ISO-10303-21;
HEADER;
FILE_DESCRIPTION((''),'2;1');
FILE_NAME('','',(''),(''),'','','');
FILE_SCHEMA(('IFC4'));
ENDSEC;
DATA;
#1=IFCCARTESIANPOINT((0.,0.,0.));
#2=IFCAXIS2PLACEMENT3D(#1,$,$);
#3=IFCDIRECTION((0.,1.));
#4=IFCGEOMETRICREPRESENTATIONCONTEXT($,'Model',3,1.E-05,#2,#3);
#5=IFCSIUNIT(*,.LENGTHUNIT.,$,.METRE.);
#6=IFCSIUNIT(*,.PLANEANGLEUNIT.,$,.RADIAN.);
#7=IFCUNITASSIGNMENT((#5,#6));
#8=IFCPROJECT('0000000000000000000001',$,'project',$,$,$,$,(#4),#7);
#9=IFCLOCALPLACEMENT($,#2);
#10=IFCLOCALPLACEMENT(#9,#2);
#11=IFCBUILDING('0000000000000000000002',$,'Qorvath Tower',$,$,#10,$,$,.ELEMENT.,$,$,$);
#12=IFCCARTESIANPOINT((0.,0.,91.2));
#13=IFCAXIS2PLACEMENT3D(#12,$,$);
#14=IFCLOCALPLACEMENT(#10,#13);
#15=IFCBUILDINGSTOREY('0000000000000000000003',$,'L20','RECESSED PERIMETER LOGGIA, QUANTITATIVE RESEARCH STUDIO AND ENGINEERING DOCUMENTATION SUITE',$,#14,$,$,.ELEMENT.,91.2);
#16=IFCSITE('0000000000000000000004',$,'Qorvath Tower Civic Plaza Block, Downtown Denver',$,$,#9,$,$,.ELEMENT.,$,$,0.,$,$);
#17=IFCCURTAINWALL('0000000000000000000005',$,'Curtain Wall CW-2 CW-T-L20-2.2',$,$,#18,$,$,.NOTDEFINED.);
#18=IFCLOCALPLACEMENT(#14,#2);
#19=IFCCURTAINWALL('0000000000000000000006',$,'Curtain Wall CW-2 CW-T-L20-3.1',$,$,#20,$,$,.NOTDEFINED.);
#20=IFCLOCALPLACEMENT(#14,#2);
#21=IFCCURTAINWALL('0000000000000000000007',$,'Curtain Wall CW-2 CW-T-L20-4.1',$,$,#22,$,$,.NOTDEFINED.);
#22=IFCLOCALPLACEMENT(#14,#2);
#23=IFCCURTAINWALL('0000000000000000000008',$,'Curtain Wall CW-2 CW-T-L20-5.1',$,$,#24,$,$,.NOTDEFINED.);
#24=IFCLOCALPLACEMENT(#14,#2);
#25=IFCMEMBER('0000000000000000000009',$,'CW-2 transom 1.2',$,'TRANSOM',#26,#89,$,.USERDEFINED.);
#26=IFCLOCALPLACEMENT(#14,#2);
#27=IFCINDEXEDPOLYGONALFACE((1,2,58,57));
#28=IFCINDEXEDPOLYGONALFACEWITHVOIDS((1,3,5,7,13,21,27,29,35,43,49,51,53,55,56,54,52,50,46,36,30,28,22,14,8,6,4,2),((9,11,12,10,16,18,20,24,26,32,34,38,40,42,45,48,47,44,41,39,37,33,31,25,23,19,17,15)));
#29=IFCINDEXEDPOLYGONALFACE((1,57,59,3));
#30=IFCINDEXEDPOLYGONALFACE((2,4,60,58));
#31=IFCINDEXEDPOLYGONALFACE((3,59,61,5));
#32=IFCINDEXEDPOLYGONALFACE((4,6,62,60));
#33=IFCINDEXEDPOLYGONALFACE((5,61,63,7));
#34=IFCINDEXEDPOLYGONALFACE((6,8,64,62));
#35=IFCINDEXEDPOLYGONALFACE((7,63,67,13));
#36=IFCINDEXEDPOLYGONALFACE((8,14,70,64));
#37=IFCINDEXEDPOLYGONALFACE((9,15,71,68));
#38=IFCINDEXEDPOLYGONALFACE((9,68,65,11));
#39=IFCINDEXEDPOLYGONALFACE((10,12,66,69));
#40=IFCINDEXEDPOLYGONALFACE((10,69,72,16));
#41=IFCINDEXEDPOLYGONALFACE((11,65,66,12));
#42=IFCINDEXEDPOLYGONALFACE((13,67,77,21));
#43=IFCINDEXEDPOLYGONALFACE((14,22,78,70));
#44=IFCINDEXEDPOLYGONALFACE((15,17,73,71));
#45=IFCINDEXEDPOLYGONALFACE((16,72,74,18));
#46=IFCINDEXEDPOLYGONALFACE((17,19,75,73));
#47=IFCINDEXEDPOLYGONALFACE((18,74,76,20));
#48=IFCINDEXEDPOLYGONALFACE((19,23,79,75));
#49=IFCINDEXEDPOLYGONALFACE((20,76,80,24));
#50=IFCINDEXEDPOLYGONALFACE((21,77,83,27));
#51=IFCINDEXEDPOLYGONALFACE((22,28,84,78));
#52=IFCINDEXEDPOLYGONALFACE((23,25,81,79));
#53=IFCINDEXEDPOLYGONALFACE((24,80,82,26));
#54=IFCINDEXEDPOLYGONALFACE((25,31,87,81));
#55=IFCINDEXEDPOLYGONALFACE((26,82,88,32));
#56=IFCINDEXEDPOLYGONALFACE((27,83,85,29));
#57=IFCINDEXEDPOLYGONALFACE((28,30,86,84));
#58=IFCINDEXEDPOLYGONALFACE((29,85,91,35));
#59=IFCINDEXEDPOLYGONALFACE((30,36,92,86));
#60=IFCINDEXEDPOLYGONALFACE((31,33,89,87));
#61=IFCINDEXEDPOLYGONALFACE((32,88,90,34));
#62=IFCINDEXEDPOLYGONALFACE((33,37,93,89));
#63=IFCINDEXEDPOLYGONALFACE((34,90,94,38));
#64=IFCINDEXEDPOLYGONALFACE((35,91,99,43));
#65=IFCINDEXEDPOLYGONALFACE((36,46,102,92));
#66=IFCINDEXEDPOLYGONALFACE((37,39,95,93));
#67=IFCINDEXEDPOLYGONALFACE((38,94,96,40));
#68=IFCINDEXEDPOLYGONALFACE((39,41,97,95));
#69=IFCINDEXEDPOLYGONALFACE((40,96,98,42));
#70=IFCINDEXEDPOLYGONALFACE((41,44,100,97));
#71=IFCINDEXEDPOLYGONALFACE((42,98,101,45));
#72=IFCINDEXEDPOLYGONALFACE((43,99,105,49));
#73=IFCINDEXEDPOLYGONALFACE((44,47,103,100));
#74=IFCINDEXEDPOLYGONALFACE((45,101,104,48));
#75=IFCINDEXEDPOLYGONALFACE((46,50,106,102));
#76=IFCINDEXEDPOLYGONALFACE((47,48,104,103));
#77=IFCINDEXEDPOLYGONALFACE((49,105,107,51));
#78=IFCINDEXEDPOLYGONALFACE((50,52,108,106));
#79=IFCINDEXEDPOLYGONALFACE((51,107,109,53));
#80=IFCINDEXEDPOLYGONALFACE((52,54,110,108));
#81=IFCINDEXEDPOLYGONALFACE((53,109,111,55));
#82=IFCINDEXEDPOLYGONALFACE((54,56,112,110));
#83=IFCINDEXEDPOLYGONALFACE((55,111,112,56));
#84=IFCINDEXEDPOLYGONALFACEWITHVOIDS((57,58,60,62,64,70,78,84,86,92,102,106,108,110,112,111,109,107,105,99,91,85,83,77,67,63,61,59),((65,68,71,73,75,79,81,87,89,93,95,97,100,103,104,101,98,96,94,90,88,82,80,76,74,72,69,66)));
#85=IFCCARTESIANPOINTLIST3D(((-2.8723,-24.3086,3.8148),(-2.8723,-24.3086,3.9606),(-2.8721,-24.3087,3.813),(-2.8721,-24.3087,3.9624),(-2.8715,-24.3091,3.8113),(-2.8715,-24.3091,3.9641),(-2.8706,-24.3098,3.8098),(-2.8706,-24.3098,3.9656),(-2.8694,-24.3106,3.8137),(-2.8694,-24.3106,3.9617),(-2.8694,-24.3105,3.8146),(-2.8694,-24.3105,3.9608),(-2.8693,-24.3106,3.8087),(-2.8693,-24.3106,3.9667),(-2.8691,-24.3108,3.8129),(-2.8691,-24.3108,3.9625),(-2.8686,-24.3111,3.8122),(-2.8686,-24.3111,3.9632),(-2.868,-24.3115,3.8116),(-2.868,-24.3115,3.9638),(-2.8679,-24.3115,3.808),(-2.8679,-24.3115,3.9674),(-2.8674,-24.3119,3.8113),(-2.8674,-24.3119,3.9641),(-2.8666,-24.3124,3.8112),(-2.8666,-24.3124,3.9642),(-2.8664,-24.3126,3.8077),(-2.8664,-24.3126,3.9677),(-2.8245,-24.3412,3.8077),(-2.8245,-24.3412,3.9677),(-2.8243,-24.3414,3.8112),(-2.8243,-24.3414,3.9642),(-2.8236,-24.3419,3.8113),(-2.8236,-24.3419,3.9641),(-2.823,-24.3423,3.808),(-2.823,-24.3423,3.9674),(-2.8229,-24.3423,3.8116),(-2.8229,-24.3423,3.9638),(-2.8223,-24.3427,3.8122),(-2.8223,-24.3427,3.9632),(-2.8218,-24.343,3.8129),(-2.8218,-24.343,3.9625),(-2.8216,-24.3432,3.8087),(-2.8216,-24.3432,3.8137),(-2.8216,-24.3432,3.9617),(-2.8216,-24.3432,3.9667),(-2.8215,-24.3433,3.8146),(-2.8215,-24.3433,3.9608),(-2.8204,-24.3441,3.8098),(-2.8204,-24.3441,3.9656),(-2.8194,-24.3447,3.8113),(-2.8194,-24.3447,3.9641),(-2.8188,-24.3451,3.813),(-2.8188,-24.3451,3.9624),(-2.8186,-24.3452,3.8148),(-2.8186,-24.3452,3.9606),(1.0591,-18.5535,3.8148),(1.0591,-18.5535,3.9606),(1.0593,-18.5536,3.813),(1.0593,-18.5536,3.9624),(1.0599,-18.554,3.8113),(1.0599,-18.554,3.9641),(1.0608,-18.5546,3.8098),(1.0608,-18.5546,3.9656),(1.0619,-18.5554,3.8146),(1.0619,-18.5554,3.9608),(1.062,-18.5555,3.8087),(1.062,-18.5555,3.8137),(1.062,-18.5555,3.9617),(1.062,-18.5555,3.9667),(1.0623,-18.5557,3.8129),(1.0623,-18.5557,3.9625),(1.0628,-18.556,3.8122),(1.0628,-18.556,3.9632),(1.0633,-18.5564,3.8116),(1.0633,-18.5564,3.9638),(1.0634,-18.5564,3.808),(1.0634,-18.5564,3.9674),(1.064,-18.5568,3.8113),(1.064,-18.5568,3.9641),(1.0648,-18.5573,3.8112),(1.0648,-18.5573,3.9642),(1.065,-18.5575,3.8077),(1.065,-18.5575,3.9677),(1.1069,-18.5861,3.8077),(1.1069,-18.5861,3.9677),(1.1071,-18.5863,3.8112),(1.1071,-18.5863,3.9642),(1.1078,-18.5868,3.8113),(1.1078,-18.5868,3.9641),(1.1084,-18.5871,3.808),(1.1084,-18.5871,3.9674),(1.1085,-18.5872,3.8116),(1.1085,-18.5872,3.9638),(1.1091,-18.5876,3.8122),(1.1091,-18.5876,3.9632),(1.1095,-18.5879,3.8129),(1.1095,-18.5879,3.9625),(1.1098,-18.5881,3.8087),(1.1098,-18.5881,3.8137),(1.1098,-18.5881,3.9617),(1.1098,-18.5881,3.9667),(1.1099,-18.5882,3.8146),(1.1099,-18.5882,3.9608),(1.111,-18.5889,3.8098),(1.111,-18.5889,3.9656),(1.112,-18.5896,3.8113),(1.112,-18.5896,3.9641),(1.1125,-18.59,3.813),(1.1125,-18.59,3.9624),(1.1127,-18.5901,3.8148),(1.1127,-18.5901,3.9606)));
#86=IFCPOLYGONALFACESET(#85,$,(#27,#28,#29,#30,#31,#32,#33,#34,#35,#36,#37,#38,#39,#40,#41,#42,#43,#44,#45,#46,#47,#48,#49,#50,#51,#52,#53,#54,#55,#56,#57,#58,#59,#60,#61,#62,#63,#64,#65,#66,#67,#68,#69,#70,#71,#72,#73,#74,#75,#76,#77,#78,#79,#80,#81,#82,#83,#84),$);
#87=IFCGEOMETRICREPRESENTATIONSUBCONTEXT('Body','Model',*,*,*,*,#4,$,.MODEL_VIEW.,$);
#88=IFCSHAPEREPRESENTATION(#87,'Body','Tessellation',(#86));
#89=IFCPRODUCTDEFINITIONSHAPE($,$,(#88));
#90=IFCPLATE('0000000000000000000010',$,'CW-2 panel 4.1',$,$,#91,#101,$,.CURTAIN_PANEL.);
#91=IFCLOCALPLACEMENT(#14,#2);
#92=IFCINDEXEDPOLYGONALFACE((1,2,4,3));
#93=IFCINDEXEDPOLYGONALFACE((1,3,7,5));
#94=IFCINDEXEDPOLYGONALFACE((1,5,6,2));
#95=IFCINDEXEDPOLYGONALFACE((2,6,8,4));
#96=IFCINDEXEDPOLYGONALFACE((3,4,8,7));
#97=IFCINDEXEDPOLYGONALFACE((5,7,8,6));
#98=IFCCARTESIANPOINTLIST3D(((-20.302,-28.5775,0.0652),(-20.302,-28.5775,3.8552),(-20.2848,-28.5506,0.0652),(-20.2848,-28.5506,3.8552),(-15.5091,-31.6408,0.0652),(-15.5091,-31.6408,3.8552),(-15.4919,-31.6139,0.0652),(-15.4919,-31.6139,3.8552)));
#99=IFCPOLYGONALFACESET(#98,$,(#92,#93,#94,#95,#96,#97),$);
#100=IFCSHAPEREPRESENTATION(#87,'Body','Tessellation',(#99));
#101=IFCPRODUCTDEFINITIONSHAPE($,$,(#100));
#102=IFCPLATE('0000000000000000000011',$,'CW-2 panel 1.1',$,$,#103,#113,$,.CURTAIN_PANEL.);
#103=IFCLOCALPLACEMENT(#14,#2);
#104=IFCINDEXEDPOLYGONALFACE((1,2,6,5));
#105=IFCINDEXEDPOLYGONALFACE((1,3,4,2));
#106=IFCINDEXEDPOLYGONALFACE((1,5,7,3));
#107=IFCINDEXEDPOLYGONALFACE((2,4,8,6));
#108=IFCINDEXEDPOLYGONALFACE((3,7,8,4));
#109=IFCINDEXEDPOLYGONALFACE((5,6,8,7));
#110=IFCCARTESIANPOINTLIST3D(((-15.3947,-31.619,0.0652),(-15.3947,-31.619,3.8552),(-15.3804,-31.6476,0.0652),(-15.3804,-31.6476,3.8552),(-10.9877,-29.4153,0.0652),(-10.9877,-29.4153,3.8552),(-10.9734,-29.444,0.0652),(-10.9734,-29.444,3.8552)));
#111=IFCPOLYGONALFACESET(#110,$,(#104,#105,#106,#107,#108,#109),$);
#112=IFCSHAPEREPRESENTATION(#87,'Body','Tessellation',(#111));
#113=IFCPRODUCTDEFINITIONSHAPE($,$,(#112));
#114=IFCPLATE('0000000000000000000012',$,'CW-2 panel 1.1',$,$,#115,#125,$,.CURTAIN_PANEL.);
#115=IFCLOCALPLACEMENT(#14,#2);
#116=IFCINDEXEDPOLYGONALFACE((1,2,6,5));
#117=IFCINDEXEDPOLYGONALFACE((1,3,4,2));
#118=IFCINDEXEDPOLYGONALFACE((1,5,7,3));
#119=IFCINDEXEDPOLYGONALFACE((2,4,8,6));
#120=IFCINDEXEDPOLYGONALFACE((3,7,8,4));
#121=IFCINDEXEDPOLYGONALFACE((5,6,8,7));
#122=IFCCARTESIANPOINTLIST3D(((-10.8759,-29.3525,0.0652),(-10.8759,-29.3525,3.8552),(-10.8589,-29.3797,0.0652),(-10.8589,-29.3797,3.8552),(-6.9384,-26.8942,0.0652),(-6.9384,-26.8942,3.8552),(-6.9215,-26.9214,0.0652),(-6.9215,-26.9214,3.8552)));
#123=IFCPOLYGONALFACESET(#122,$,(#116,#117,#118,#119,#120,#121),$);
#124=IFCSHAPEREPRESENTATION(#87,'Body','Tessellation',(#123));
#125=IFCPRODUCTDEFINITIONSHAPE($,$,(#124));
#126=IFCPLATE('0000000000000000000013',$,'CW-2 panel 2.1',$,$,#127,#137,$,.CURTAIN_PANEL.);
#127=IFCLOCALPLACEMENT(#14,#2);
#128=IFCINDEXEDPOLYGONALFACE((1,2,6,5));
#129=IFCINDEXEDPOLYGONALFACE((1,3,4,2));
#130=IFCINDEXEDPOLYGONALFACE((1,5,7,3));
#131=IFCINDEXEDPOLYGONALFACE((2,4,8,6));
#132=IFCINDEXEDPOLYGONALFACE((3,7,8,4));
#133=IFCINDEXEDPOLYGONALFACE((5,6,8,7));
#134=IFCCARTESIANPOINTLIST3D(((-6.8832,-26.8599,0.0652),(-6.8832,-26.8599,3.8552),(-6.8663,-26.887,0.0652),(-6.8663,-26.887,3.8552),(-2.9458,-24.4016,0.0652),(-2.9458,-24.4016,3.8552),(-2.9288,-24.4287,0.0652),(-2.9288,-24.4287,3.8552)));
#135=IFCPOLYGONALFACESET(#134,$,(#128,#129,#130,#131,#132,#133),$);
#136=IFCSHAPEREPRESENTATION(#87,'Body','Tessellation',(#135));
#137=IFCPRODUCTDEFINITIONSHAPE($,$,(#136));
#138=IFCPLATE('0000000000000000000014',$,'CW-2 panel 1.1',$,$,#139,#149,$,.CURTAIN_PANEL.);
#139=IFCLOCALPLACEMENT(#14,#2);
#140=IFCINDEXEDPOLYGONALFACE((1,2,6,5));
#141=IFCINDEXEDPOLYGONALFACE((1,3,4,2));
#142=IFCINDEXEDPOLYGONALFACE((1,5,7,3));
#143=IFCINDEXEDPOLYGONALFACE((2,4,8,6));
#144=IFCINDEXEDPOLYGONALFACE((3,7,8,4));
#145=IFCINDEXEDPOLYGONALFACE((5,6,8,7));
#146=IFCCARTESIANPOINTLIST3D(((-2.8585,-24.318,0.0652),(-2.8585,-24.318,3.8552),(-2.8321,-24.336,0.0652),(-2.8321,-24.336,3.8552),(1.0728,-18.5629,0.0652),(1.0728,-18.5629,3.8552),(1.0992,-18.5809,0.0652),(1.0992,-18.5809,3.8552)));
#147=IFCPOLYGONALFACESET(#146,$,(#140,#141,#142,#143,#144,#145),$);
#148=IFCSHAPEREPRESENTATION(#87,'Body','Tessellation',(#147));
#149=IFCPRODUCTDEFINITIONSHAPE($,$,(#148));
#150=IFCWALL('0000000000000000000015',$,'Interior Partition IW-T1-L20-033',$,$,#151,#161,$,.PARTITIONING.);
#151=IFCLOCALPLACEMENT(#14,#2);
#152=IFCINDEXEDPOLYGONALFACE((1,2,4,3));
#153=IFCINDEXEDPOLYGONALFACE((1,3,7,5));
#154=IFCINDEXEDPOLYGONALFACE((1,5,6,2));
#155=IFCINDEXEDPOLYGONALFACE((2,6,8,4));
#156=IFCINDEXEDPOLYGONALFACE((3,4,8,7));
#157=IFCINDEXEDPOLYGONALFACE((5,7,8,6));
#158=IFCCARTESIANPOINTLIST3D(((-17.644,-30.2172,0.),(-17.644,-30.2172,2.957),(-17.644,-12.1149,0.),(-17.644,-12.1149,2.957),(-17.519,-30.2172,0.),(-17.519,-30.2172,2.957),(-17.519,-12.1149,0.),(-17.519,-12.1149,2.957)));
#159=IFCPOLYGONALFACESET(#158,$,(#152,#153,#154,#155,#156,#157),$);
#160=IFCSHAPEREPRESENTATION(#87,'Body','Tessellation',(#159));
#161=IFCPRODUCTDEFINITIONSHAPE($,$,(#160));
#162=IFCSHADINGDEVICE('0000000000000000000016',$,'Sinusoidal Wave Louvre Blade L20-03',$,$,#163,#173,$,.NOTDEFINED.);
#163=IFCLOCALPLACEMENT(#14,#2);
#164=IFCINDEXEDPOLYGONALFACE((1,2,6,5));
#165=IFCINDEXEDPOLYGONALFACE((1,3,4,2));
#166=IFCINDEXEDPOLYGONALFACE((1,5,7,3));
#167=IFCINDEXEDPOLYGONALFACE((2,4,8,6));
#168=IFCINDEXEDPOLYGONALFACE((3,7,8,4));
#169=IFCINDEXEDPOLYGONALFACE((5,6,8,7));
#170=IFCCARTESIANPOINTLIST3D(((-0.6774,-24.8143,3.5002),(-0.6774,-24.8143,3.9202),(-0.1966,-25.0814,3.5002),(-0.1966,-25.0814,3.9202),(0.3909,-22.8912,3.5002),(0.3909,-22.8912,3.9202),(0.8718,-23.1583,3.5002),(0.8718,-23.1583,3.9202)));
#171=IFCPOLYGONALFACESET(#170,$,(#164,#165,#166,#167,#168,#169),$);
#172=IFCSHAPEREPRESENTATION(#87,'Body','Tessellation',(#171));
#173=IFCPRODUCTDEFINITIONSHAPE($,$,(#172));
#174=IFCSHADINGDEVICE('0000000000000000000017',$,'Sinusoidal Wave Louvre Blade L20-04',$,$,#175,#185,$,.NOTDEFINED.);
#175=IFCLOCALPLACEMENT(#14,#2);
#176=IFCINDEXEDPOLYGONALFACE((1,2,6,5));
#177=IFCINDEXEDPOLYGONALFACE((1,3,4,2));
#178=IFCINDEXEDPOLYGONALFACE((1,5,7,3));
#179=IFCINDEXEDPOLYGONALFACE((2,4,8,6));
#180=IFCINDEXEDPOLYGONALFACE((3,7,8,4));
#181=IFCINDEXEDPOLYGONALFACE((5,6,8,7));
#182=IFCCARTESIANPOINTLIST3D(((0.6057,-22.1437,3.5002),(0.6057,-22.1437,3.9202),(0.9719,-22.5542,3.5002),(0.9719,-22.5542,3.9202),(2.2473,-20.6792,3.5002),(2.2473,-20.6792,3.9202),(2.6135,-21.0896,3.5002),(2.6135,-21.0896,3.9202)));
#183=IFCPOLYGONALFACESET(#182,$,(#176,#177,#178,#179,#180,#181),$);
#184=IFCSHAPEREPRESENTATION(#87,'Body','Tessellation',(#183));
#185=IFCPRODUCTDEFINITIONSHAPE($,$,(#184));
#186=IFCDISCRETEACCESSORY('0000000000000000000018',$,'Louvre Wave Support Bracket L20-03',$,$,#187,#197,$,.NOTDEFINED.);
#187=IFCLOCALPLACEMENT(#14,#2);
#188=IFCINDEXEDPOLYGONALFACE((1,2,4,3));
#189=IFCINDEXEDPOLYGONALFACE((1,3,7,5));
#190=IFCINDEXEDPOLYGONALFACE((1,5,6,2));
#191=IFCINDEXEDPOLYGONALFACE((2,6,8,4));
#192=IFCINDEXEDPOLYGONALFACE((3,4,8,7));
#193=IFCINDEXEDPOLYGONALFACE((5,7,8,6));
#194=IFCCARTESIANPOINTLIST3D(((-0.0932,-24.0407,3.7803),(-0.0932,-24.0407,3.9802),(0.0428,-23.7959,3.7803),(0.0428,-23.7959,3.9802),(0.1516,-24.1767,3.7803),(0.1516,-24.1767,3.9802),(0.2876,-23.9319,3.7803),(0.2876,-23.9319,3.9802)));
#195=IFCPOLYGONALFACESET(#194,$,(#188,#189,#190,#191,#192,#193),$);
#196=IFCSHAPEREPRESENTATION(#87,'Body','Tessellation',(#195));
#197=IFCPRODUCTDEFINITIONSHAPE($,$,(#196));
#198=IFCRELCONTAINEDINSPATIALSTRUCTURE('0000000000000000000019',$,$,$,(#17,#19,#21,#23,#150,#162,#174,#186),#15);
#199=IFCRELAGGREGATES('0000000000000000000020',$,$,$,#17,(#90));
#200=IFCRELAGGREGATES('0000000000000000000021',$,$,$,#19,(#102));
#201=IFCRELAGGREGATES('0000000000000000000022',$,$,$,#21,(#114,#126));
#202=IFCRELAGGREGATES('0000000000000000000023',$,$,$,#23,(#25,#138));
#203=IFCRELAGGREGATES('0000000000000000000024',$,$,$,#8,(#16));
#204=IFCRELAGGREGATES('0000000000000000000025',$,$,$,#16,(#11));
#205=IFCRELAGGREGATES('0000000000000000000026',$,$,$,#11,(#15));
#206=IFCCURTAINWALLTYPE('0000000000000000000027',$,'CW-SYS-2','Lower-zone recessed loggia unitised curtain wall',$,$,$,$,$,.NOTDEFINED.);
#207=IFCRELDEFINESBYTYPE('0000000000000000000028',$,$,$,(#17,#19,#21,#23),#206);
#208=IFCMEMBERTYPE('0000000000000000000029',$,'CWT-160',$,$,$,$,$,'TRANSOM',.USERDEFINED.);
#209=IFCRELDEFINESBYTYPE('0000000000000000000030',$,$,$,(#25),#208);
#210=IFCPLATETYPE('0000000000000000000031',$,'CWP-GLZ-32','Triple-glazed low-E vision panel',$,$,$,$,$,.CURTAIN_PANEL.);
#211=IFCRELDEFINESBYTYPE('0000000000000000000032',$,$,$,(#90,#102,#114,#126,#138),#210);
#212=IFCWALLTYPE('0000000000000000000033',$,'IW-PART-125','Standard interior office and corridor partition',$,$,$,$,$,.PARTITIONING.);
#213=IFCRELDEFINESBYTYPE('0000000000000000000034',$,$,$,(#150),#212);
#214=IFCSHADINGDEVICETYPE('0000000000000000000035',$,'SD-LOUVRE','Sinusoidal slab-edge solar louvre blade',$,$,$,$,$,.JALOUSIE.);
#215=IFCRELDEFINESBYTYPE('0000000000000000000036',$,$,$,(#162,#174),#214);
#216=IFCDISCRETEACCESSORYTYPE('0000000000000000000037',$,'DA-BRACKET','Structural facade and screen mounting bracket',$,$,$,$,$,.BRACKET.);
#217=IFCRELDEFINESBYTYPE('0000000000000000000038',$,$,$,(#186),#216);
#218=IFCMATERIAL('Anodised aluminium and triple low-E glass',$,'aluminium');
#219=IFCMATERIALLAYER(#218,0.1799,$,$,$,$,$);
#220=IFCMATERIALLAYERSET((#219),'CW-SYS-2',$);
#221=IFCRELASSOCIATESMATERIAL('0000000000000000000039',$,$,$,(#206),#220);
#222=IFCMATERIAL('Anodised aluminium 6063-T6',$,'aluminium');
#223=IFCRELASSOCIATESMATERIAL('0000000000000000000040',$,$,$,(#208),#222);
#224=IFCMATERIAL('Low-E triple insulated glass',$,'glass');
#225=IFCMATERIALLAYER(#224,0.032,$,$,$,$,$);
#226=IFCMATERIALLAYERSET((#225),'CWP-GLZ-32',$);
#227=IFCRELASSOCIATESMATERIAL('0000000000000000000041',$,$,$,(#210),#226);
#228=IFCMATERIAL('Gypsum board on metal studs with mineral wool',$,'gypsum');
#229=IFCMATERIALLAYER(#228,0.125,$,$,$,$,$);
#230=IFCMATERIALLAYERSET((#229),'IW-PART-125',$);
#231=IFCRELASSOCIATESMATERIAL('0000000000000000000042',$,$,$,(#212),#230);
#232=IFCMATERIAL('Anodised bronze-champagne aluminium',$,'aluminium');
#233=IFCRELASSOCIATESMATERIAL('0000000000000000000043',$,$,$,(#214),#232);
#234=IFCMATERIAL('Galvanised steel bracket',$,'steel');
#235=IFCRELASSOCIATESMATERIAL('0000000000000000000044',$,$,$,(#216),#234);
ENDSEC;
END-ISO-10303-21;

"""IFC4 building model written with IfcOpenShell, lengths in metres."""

from ifc_helpers import new_model, si_unit, direction, frame, frame_2d, origin, origin_2d, place, context, subcontext, project, spatial, rectangle, hollow_rectangle, extrude, material, layer, layer_set, material_profile, profile_set, type_object, element, aggregate, save


model = new_model("IFC4")

# Units and contexts
model_context = context("Model", 3, precision=1e-05, world=origin(), true_north=direction((0.0, 1.0)))
body_context = subcontext(model_context, "Body", "Model", "MODEL_VIEW")
ifc_project = project(units=[si_unit("LENGTHUNIT", "METRE"), si_unit("PLANEANGLEUNIT", "RADIAN")], contexts=[model_context])

# Site, building, storey
site_placement = place(None, origin())
site = spatial("IfcSite", under=ifc_project, at=site_placement, Name="Qorvath Tower Civic Plaza Block, Downtown Denver", CompositionType="ELEMENT", RefElevation=0.0)
building_placement = place(site_placement, origin())
building = spatial("IfcBuilding", under=site, at=building_placement, Name="Qorvath Tower", CompositionType="ELEMENT")
storey_placement = place(building_placement, frame((0.0, 0.0, 91.2)))
storey = spatial("IfcBuildingStorey", under=building, at=storey_placement, Name="L20", Description="RECESSED PERIMETER LOGGIA, QUANTITATIVE RESEARCH STUDIO AND ENGINEERING DOCUMENTATION SUITE", CompositionType="ELEMENT", Elevation=91.2)

# Curtain wall
ifc_material_1 = material(Name="Anodised aluminium and triple low-E glass", Category="aluminium")
ifc_layer_1 = layer(ifc_material_1, 0.1799)
ifc_layer_set_1 = layer_set([ifc_layer_1], Name="CW-SYS-2")
curtain_wall_type = type_object("IfcCurtainWallType", Name="CW-SYS-2", Description="Lower-zone recessed loggia unitised curtain wall", PredefinedType="NOTDEFINED", material=ifc_layer_set_1)
curtain_wall_1_placement = place(storey_placement, origin())
curtain_wall_1 = element("IfcCurtainWall", 1, at=curtain_wall_1_placement, inside=storey, type_object=curtain_wall_type, Name="Curtain Wall CW-2 CW-T-L20-2.2", PredefinedType="NOTDEFINED")

# Curtain walls
curtain_wall_2_placement = place(storey_placement, origin())
curtain_wall_2 = element("IfcCurtainWall", 2, at=curtain_wall_2_placement, inside=storey, type_object=curtain_wall_type, Name="Curtain Wall CW-2 CW-T-L20-3.1", PredefinedType="NOTDEFINED")
curtain_wall_3_placement = place(storey_placement, origin())
curtain_wall_3 = element("IfcCurtainWall", 3, at=curtain_wall_3_placement, inside=storey, type_object=curtain_wall_type, Name="Curtain Wall CW-2 CW-T-L20-4.1", PredefinedType="NOTDEFINED")

# Curtain wall
curtain_wall_4_placement = place(storey_placement, origin())
curtain_wall_4 = element("IfcCurtainWall", 4, at=curtain_wall_4_placement, inside=storey, type_object=curtain_wall_type, Name="Curtain Wall CW-2 CW-T-L20-5.1", PredefinedType="NOTDEFINED")

# Member
ifc_material_2 = material(Name="Anodised aluminium 6063-T6", Category="aluminium")
ifc_material_profile_1 = material_profile(ifc_material_2, hollow_rectangle(XDim=0.0649, YDim=0.1599, WallThickness=0.0034, InnerFilletRadius=0.0034, OuterFilletRadius=0.0071, at=origin_2d()), Name="CWT 160x65")
ifc_profile_set_1 = profile_set([ifc_material_profile_1], Name="Anodised aluminium 6063-T6")
member_type_1 = type_object("IfcMemberType", Name="CWT-160", ElementType="TRANSOM", PredefinedType="USERDEFINED", material=ifc_profile_set_1)
member_1_placement = place(storey_placement, frame((-2.8455, -24.3269, 3.8877), z_axis=(0.564066, 0.82573, 0.0), x_axis=(-0.82573, 0.564066, 0.0)))
member_1 = element("IfcMember", 5, at=member_1_placement, type_object=member_type_1, Name="CW-2 transom 1.2", ObjectType="TRANSOM", PredefinedType="USERDEFINED", context=body_context, shape_type="SweptSolid", body=[
    extrude(hollow_rectangle(XDim=0.0649, YDim=0.1599, WallThickness=0.0034, InnerFilletRadius=0.0034, OuterFilletRadius=0.0071, at=origin_2d()), origin(), (0.0, 0.0, 1.0), 6.9697),
])

# Plates
ifc_material_3 = material(Name="Low-E triple insulated glass", Category="glass")
ifc_layer_2 = layer(ifc_material_3, 0.032)
ifc_layer_set_2 = layer_set([ifc_layer_2], Name="CWP-GLZ-32")
plate_type = type_object("IfcPlateType", Name="CWP-GLZ-32", Description="Triple-glazed low-E vision panel", PredefinedType="CURTAIN_PANEL", material=ifc_layer_set_2)
plate_1_placement = place(storey_placement, frame((-17.897, -30.0957, 0.0652), z_axis=(0.0, 0.0, 1.0), x_axis=(0.842601, -0.538539, 0.0)))
plate_1 = element("IfcPlate", 6, at=plate_1_placement, type_object=plate_type, Name="CW-2 panel 4.1", PredefinedType="CURTAIN_PANEL", context=body_context, shape_type="SweptSolid", body=[
    extrude(rectangle(XDim=5.6882, YDim=0.032, at=origin_2d()), origin(), (0.0, 0.0, 1.0), 3.79),
])
aggregate(curtain_wall_1, [plate_1])
plate_2_placement = place(storey_placement, frame((-13.1841, -30.5315, 0.0652), z_axis=(0.0, 0.0, 1.0), x_axis=(0.894411, 0.447245, 0.0)))
plate_2 = element("IfcPlate", 7, at=plate_2_placement, type_object=plate_type, Name="CW-2 panel 1.1", PredefinedType="CURTAIN_PANEL", context=body_context, shape_type="SweptSolid", body=[
    extrude(rectangle(XDim=4.9272, YDim=0.032, at=origin_2d()), origin(), (0.0, 0.0, 1.0), 3.79),
])
aggregate(curtain_wall_2, [plate_2])
plate_3_placement = place(storey_placement, frame((-8.8987, -28.137, 0.0652), z_axis=(0.0, 0.0, 1.0), x_axis=(0.84825, 0.529596, 0.0)))
plate_3 = element("IfcPlate", 8, at=plate_3_placement, type_object=plate_type, Name="CW-2 panel 1.1", PredefinedType="CURTAIN_PANEL", context=body_context, shape_type="SweptSolid", body=[
    extrude(rectangle(XDim=4.6418, YDim=0.032, at=origin_2d()), origin(), (0.0, 0.0, 1.0), 3.79),
])
plate_4_placement = place(storey_placement, frame((-4.906, -25.6443, 0.0652), z_axis=(0.0, 0.0, 1.0), x_axis=(0.84825, 0.529596, 0.0)))
plate_4 = element("IfcPlate", 9, at=plate_4_placement, type_object=plate_type, Name="CW-2 panel 2.1", PredefinedType="CURTAIN_PANEL", context=body_context, shape_type="SweptSolid", body=[
    extrude(rectangle(XDim=4.6418, YDim=0.032, at=origin_2d()), origin(), (0.0, 0.0, 1.0), 3.79),
])
aggregate(curtain_wall_3, [plate_3, plate_4])
plate_5_placement = place(storey_placement, frame((-0.8796, -21.4495, 0.0652), z_axis=(0.0, 0.0, 1.0), x_axis=(0.564062, 0.825733, 0.0)))
plate_5 = element("IfcPlate", 10, at=plate_5_placement, type_object=plate_type, Name="CW-2 panel 1.1", PredefinedType="CURTAIN_PANEL", context=body_context, shape_type="SweptSolid", body=[
    extrude(rectangle(XDim=6.9697, YDim=0.032, at=origin_2d()), origin(), (0.0, 0.0, 1.0), 3.79),
])
aggregate(curtain_wall_4, [member_1, plate_5])

# Wall
ifc_material_4 = material(Name="Gypsum board on metal studs with mineral wool", Category="gypsum")
ifc_layer_3 = layer(ifc_material_4, 0.125)
ifc_layer_set_3 = layer_set([ifc_layer_3], Name="IW-PART-125")
wall_type = type_object("IfcWallType", Name="IW-PART-125", Description="Standard interior office and corridor partition", PredefinedType="PARTITIONING", material=ifc_layer_set_3)
wall_placement = place(storey_placement, frame((-17.5815, -30.2173, 0.0), z_axis=(0.0, 0.0, 1.0), x_axis=(0.0, 1.0, 0.0)))
element("IfcWall", 11, at=wall_placement, inside=storey, type_object=wall_type, Name="Interior Partition IW-T1-L20-033", PredefinedType="PARTITIONING", context=body_context, shape_type="SweptSolid", body=[
    extrude(rectangle(XDim=18.1023, YDim=0.125, at=frame_2d((9.0513, 0.0))), origin(), (0.0, 0.0, 1.0), 2.957),
])

# Shading devices
ifc_material_5 = material(Name="Anodised bronze-champagne aluminium", Category="aluminium")
shading_device_type = type_object("IfcShadingDeviceType", Name="SD-LOUVRE", Description="Sinusoidal slab-edge solar louvre blade", PredefinedType="JALOUSIE", material=ifc_material_5)
for number, where, z_axis, x_axis, name in (
    (12, (0.0972, -23.9863, 3.5002), (0.0, 0.0, 1.0), (0.485634, 0.874162, 0.0), "Sinusoidal Wave Louvre Blade L20-03"),
    (13, (1.6096, -21.6167, 3.5002), (0.0, 0.0, 1.0), (0.746203, 0.665719, 0.0), "Sinusoidal Wave Louvre Blade L20-04"),
):
    element("IfcShadingDevice", number, at=place(storey_placement, frame(where, z_axis=z_axis, x_axis=x_axis)), inside=storey, type_object=shading_device_type, Name=name, PredefinedType="NOTDEFINED", context=body_context, shape_type="SweptSolid", body=[
        extrude(rectangle(XDim=2.2, YDim=0.55, at=origin_2d()), origin(), (0.0, 0.0, 1.0), 0.4199),
    ])

# Discrete accessory
ifc_material_6 = material(Name="Galvanised steel bracket", Category="steel")
discrete_accessory_type = type_object("IfcDiscreteAccessoryType", Name="DA-BRACKET", Description="Structural facade and screen mounting bracket", PredefinedType="BRACKET", material=ifc_material_6)
for number, where, z_axis, x_axis, name in (
    (14, (0.0972, -23.9863, 3.7803), (0.0, 0.0, 1.0), (0.485634, 0.874162, 0.0), "Louvre Wave Support Bracket L20-03"),
):
    element("IfcDiscreteAccessory", number, at=place(storey_placement, frame(where, z_axis=z_axis, x_axis=x_axis)), inside=storey, type_object=discrete_accessory_type, Name=name, PredefinedType="NOTDEFINED", context=body_context, shape_type="SweptSolid", body=[
        extrude(rectangle(XDim=0.28, YDim=0.28, at=origin_2d()), origin(), (0.0, 0.0, 1.0), 0.2),
    ])

save(model, "model.ifc")
